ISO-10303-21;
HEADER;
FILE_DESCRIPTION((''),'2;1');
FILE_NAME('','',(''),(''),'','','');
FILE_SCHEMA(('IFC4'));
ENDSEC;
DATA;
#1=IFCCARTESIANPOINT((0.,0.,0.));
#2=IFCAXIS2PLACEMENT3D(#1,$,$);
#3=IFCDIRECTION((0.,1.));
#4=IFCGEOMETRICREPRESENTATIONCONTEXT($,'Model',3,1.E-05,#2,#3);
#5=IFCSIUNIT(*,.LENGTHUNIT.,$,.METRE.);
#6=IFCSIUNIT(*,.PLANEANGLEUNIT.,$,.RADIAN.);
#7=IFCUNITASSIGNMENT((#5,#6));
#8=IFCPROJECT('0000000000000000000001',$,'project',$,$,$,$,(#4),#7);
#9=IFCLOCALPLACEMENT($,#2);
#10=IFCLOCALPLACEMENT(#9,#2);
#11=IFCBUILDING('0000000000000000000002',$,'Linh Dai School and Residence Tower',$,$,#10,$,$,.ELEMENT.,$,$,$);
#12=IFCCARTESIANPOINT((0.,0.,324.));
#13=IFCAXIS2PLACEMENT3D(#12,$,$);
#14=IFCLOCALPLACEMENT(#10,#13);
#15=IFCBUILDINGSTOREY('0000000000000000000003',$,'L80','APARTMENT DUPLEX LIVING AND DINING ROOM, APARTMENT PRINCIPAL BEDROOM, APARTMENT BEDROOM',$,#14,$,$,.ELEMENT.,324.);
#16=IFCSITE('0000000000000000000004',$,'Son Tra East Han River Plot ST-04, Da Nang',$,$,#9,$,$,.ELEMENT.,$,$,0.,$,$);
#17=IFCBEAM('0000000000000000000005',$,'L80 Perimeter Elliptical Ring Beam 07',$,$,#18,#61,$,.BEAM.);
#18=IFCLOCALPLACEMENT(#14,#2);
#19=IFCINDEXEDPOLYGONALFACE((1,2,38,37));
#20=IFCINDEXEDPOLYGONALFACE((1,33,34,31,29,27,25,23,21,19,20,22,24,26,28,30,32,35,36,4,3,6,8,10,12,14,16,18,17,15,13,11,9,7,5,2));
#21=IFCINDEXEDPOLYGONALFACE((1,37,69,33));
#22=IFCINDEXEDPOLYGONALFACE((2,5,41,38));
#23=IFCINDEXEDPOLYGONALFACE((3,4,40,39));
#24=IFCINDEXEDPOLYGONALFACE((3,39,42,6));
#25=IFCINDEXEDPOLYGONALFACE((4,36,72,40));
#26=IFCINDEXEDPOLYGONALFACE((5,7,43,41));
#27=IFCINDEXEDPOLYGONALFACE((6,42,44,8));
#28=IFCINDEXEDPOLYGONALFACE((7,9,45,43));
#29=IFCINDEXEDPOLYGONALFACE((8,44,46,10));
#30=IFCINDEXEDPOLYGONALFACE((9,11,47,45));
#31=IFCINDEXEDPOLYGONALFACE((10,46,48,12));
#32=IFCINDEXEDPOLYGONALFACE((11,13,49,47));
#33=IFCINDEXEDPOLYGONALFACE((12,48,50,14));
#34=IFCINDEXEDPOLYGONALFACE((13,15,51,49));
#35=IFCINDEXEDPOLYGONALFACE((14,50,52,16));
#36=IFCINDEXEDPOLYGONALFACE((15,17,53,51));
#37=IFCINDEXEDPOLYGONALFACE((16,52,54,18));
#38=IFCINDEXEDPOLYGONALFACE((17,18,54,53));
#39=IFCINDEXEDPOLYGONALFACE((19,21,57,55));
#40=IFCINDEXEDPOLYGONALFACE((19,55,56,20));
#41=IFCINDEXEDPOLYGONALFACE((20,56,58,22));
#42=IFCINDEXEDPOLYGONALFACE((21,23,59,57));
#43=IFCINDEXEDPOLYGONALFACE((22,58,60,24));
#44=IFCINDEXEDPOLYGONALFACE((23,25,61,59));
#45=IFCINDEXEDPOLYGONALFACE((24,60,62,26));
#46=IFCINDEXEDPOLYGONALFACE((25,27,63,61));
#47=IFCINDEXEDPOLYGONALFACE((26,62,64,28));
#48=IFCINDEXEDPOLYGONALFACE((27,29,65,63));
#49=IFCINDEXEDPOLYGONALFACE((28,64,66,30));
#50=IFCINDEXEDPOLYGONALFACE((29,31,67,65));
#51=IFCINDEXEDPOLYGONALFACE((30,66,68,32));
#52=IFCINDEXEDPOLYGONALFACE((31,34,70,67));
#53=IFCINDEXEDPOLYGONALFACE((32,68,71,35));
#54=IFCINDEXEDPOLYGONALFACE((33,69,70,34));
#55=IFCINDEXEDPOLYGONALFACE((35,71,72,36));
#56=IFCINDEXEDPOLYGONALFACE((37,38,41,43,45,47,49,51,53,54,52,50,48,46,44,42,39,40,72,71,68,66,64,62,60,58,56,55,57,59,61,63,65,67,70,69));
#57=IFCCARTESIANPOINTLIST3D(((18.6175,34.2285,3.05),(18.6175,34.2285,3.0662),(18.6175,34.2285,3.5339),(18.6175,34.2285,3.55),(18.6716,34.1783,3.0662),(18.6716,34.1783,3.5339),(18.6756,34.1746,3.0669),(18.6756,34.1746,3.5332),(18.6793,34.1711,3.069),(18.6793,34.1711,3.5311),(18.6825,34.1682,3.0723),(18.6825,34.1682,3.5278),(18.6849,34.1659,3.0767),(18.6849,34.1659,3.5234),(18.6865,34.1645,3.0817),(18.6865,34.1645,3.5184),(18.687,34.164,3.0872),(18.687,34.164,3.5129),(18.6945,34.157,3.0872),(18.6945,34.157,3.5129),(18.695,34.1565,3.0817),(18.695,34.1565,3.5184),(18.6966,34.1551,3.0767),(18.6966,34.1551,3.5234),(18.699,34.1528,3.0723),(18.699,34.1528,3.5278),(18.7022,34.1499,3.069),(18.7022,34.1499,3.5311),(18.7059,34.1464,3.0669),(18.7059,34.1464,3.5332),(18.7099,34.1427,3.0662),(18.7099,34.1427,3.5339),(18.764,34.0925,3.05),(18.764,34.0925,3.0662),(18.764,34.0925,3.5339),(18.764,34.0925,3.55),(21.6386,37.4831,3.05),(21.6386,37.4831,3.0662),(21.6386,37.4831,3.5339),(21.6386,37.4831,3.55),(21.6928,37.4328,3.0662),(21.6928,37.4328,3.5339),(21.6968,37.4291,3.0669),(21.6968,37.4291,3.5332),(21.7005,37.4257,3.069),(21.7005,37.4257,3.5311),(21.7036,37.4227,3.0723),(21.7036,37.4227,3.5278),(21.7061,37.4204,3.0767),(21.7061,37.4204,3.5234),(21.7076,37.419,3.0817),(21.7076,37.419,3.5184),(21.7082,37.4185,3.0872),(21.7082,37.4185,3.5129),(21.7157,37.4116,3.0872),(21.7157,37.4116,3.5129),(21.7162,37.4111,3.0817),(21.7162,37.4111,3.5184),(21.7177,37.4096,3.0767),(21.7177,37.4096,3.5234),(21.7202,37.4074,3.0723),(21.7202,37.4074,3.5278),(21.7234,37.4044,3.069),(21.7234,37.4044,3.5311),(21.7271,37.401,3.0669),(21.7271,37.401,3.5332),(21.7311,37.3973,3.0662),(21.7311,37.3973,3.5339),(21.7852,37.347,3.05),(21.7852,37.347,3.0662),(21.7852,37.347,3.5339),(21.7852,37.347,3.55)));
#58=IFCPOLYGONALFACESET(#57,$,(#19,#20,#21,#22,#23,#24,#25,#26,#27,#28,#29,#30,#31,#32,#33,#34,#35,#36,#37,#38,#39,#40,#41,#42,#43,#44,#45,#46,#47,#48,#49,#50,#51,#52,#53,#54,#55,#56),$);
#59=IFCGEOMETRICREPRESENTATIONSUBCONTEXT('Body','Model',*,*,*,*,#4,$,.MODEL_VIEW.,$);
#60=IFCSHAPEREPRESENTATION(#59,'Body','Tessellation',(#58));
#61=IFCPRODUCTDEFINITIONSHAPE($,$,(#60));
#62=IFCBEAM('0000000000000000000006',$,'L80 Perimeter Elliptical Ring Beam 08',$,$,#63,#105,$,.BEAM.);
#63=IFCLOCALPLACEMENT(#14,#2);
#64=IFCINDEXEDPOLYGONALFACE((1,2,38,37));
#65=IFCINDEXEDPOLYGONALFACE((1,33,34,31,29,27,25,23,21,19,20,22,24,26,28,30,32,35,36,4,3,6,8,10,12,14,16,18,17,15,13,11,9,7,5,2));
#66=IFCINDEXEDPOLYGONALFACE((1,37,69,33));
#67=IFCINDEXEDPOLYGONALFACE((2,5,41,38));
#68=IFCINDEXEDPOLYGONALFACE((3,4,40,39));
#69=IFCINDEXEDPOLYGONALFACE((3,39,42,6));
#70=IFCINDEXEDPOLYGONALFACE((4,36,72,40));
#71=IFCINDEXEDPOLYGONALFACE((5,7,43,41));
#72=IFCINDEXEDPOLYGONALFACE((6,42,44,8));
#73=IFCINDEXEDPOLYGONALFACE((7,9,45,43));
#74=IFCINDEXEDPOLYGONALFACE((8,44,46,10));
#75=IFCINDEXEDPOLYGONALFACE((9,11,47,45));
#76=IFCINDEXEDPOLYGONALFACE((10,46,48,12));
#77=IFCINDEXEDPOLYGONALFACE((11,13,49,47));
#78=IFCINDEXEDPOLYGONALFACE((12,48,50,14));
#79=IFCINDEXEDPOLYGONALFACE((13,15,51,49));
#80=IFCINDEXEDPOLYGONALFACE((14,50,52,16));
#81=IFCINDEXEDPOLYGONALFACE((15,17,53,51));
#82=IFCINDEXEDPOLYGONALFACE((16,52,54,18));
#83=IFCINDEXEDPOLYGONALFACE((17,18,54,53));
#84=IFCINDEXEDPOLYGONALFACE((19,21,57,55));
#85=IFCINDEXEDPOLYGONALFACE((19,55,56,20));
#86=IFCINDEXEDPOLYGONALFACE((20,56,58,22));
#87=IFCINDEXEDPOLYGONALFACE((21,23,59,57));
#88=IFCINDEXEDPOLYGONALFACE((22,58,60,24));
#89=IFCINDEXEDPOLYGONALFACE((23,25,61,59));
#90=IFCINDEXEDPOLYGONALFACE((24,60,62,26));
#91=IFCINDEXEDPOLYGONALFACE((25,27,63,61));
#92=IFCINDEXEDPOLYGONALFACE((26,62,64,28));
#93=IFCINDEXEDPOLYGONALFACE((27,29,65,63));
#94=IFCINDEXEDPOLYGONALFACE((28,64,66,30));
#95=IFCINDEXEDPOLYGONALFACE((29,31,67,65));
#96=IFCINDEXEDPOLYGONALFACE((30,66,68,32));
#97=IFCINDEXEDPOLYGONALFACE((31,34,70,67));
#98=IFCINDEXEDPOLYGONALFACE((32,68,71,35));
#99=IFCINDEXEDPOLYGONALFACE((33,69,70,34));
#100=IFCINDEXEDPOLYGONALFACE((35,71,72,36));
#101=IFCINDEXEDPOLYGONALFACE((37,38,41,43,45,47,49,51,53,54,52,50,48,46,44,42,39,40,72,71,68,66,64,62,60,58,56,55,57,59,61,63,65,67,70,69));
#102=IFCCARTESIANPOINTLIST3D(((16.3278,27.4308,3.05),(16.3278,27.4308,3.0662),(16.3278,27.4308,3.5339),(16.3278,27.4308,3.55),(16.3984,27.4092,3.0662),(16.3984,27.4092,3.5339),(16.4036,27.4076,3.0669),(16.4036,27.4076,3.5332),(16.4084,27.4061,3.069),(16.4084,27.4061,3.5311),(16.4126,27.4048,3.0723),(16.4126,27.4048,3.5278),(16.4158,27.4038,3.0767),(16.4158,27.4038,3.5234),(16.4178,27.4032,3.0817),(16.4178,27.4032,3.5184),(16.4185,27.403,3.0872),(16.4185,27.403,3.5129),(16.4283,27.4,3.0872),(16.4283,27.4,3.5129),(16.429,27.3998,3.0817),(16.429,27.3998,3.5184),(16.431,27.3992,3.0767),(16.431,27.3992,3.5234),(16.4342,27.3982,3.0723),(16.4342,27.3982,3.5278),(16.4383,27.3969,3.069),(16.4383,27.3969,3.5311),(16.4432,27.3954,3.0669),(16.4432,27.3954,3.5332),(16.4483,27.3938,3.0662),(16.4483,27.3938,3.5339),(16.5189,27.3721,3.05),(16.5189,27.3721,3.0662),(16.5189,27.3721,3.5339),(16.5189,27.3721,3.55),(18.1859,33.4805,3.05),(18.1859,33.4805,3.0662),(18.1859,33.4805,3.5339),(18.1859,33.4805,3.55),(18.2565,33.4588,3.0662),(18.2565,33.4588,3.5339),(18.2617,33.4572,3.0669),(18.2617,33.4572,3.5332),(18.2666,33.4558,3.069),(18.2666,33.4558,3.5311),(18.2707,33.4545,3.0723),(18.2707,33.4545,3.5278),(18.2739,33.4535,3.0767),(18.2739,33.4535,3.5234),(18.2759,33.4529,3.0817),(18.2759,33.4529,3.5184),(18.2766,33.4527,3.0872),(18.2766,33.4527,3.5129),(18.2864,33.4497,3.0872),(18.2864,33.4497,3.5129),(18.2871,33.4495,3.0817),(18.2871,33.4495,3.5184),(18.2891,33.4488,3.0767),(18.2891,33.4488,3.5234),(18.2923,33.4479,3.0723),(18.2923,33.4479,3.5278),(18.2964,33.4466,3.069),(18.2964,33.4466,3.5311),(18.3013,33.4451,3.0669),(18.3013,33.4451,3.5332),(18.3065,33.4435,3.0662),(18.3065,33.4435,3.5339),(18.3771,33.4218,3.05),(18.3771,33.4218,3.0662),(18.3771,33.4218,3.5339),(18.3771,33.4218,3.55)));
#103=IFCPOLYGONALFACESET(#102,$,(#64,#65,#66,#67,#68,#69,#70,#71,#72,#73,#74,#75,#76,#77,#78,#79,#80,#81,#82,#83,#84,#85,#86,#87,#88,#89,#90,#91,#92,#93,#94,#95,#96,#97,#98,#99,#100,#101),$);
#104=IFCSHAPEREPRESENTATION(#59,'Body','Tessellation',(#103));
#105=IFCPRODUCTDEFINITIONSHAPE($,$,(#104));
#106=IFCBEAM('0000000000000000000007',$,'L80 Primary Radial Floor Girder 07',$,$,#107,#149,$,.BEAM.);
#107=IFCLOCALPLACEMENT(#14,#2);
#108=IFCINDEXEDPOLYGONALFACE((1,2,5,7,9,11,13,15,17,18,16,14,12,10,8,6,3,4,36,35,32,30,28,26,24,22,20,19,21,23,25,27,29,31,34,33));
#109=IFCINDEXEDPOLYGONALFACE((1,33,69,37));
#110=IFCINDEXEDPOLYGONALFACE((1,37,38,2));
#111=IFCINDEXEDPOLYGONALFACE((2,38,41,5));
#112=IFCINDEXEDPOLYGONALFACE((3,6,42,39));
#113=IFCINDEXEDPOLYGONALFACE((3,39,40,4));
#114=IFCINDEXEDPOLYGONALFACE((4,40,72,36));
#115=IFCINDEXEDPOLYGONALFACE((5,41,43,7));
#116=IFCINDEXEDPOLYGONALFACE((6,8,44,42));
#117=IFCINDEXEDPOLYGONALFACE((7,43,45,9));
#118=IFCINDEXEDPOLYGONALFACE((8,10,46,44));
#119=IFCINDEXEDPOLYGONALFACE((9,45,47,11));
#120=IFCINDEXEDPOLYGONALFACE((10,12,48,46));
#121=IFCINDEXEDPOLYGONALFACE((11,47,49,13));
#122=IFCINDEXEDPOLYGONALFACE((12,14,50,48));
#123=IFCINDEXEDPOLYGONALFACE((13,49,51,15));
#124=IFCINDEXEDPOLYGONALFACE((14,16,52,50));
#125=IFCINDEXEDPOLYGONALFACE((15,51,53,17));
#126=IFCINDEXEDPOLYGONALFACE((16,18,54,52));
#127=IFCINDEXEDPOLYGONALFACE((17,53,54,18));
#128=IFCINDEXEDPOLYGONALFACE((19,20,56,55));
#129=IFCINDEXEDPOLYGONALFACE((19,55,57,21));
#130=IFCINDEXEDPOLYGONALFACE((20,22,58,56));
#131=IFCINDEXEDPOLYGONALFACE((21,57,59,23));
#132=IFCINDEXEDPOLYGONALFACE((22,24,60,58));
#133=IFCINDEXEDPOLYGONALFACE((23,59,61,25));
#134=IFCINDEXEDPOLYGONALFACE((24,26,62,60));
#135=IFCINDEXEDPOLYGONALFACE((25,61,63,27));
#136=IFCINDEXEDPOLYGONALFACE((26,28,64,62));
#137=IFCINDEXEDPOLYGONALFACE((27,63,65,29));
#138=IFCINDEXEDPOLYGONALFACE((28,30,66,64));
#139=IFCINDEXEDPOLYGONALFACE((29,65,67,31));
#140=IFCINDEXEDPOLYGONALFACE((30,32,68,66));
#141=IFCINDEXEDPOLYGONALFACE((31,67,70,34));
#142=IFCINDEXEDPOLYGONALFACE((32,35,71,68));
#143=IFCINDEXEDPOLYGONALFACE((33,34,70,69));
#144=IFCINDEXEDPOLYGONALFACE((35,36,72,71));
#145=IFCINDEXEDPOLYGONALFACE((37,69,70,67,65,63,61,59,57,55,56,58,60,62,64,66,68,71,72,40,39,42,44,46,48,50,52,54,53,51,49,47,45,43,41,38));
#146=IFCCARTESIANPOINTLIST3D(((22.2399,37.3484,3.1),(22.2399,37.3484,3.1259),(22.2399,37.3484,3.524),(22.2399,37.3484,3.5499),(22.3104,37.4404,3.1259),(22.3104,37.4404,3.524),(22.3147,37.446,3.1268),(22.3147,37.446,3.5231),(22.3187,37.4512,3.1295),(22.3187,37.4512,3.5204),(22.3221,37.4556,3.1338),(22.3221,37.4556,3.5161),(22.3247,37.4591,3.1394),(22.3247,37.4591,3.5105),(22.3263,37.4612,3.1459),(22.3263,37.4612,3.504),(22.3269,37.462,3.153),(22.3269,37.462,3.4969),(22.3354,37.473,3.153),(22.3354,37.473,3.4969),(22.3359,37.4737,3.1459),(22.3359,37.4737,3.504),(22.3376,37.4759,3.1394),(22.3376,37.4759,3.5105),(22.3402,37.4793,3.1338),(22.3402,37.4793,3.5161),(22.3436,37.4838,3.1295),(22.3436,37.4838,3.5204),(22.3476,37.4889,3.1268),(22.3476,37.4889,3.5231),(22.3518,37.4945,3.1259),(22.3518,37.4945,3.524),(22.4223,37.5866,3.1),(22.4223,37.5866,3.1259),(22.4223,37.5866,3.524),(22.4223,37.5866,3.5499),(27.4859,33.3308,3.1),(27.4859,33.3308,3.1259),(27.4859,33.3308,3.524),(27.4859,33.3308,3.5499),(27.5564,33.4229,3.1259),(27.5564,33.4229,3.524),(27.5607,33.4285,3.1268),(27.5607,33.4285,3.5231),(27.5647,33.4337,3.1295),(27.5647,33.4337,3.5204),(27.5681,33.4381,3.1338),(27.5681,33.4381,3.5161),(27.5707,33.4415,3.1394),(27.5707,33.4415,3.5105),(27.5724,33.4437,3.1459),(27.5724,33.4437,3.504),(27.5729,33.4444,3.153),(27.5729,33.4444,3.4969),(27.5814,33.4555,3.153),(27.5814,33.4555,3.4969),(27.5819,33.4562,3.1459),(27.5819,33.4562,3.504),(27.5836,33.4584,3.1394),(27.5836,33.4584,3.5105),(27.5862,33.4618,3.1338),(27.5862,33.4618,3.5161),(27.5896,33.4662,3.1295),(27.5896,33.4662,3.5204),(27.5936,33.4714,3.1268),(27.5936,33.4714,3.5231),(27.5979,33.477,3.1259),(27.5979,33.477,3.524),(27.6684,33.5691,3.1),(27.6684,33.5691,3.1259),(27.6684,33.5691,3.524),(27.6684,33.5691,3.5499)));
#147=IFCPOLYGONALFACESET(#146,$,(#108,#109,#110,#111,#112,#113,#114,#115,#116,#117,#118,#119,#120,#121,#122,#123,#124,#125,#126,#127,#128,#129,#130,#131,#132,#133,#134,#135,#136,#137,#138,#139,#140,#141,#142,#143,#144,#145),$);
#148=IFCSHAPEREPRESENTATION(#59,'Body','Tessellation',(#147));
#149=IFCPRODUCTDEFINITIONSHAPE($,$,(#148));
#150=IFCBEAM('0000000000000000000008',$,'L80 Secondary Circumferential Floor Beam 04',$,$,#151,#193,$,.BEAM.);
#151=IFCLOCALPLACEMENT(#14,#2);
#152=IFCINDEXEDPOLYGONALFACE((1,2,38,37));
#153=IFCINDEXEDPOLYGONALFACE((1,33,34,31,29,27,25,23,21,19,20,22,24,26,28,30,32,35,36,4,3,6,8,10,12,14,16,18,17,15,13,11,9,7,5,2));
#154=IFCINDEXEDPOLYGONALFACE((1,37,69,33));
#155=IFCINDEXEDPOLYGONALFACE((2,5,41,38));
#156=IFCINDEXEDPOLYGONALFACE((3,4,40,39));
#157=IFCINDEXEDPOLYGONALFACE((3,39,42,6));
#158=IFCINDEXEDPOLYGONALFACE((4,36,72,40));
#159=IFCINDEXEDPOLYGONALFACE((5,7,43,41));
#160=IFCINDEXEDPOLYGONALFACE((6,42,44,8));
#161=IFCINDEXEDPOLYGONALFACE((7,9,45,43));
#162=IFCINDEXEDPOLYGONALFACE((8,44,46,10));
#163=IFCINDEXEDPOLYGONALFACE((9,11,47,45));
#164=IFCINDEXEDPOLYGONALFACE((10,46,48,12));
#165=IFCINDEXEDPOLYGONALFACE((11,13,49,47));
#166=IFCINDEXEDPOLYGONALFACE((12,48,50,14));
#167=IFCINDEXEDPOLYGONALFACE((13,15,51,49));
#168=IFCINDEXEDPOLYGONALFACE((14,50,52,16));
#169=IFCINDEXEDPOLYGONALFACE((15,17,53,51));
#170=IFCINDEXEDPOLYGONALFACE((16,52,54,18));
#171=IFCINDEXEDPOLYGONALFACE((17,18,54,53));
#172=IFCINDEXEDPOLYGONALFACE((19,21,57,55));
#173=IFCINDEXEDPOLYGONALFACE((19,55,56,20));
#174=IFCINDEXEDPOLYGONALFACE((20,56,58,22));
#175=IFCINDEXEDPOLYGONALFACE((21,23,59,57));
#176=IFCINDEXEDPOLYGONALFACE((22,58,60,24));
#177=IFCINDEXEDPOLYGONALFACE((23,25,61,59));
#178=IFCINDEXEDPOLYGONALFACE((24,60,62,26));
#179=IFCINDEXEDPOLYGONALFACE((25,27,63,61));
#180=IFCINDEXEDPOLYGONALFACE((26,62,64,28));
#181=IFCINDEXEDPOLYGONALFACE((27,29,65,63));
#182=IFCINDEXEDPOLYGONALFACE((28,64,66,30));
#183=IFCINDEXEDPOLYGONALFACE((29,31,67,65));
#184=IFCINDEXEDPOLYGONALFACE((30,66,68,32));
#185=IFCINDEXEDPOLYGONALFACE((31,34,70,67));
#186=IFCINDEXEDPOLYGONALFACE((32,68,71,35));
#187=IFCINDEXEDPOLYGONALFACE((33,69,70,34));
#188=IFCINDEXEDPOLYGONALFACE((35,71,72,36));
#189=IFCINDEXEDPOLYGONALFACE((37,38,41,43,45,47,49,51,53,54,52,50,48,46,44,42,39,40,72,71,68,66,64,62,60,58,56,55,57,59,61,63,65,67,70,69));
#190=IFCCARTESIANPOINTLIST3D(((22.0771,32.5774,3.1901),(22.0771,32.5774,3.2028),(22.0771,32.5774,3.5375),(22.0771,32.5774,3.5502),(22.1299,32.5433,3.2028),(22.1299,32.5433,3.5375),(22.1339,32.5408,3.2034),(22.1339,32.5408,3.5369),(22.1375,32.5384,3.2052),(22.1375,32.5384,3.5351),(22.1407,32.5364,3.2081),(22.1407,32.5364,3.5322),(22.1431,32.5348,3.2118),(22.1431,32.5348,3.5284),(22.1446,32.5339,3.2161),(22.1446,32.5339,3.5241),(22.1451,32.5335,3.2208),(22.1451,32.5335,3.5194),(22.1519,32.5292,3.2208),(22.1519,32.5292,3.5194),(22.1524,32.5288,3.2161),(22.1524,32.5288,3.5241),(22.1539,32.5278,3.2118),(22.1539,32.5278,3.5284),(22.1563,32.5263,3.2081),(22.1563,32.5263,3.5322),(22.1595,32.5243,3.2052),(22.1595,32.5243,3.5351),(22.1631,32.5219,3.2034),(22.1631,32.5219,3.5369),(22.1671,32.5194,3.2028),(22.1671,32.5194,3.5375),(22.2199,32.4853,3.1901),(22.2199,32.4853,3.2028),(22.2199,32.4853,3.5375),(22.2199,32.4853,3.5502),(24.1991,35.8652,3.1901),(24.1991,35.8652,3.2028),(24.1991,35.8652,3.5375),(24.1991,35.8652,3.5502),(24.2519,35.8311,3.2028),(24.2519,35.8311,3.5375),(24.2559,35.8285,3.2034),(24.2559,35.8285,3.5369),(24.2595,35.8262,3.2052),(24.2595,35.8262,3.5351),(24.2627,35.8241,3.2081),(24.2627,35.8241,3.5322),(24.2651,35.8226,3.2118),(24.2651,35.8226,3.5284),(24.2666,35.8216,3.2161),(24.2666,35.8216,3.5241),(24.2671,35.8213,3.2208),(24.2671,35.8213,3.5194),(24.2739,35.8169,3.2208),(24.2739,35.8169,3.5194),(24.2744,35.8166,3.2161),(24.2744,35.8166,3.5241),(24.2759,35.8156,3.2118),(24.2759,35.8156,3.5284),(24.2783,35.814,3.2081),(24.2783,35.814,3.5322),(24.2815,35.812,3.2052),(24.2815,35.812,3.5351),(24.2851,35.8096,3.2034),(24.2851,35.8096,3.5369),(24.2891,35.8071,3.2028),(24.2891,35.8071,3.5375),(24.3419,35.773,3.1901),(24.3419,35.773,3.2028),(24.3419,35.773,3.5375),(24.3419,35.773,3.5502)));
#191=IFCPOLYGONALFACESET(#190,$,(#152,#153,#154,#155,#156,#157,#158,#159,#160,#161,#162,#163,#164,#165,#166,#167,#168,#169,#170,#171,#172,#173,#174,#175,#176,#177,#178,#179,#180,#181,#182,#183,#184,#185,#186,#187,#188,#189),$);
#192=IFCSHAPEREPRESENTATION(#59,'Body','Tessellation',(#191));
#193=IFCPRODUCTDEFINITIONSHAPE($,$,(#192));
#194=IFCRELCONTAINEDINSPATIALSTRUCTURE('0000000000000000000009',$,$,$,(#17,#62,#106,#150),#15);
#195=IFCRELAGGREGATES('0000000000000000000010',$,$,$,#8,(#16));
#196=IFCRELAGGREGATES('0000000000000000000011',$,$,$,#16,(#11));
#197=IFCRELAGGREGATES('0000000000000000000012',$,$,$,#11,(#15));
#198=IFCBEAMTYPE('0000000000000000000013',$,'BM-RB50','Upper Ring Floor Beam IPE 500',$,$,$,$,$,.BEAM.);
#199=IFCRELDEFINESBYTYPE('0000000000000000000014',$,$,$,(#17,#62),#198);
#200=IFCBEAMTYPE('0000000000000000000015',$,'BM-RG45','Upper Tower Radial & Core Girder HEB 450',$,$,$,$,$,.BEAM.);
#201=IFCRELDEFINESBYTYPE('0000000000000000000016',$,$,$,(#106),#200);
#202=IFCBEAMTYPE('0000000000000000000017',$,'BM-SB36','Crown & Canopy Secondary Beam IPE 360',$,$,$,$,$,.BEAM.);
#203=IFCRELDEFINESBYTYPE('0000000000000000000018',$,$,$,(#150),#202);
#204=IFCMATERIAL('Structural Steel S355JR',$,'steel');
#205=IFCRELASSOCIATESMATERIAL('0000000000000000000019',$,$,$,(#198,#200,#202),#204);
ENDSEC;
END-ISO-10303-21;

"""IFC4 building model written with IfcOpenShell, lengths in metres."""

from ifc_helpers import new_model, si_unit, direction, frame, origin, origin_2d, place, context, subcontext, project, spatial, i_section, extrude, material, material_profile, profile_set, type_object, element, save


model = new_model("IFC4")

# Units and contexts
model_context = context("Model", 3, precision=1e-05, world=origin(), true_north=direction((0.0, 1.0)))
body_context = subcontext(model_context, "Body", "Model", "MODEL_VIEW")
ifc_project = project(units=[si_unit("LENGTHUNIT", "METRE"), si_unit("PLANEANGLEUNIT", "RADIAN")], contexts=[model_context])

# Site, building, storey
site_placement = place(None, origin())
site = spatial("IfcSite", under=ifc_project, at=site_placement, Name="Son Tra East Han River Plot ST-04, Da Nang", CompositionType="ELEMENT", RefElevation=0.0)
building_placement = place(site_placement, origin())
building = spatial("IfcBuilding", under=site, at=building_placement, Name="Linh Dai School and Residence Tower", CompositionType="ELEMENT")
storey_placement = place(building_placement, frame((0.0, 0.0, 324.0)))
storey = spatial("IfcBuildingStorey", under=building, at=storey_placement, Name="L80", Description="APARTMENT DUPLEX LIVING AND DINING ROOM, APARTMENT PRINCIPAL BEDROOM, APARTMENT BEDROOM", CompositionType="ELEMENT", Elevation=324.0)

# Shared definitions
ifc_material_1 = material(Name="Structural Steel S355JR", Category="steel")

# Beams
ifc_material_profile_1 = material_profile(ifc_material_1, i_section(OverallWidth=0.2, OverallDepth=0.5, WebThickness=0.0103, FlangeThickness=0.0161, FilletRadius=0.021, at=origin_2d()), Name="IPE 500")
ifc_profile_set_1 = profile_set([ifc_material_profile_1], Name="Structural Steel S355JR")
beam_type_1 = type_object("IfcBeamType", Name="BM-RB50", Description="Upper Ring Floor Beam IPE 500", PredefinedType="BEAM", material=ifc_profile_set_1)
beam_1_placement = place(storey_placement, frame((21.7119, 37.415, 3.3), z_axis=(-0.680339, -0.732897, 0.0), x_axis=(0.732897, -0.680339, 0.0)))
element("IfcBeam", 1, at=beam_1_placement, inside=storey, type_object=beam_type_1, Name="L80 Perimeter Elliptical Ring Beam 07", PredefinedType="BEAM", context=body_context, shape_type="SweptSolid", body=[
    extrude(i_section(OverallWidth=0.2, OverallDepth=0.5, WebThickness=0.0103, FlangeThickness=0.0161, FilletRadius=0.021, at=origin_2d()), origin(), (0.0, 0.0, 1.0), 4.4407),
])
beam_2_placement = place(storey_placement, frame((18.2815, 33.4512, 3.3), z_axis=(-0.293606, -0.955927, 0.0), x_axis=(0.955927, -0.293606, 0.0)))
element("IfcBeam", 2, at=beam_2_placement, inside=storey, type_object=beam_type_1, Name="L80 Perimeter Elliptical Ring Beam 08", PredefinedType="BEAM", context=body_context, shape_type="SweptSolid", body=[
    extrude(i_section(OverallWidth=0.2, OverallDepth=0.5, WebThickness=0.0103, FlangeThickness=0.0161, FilletRadius=0.021, at=origin_2d()), origin(), (0.0, 0.0, 1.0), 6.3286),
])
ifc_material_profile_2 = material_profile(ifc_material_1, i_section(OverallWidth=0.3, OverallDepth=0.45, WebThickness=0.0139, FlangeThickness=0.0259, FilletRadius=0.0271, at=origin_2d()), Name="HEB 450")
ifc_profile_set_2 = profile_set([ifc_material_profile_2], Name="Structural Steel S355JR")
beam_type_2 = type_object("IfcBeamType", Name="BM-RG45", Description="Upper Tower Radial & Core Girder HEB 450", PredefinedType="BEAM", material=ifc_profile_set_2)
beam_3_placement = place(storey_placement, frame((27.5771, 33.45, 3.325), z_axis=(-0.79393, 0.608009, 0.0), x_axis=(-0.608009, -0.79393, 0.0)))
element("IfcBeam", 3, at=beam_3_placement, inside=storey, type_object=beam_type_2, Name="L80 Primary Radial Floor Girder 07", PredefinedType="BEAM", context=body_context, shape_type="SweptSolid", body=[
    extrude(i_section(OverallWidth=0.3, OverallDepth=0.45, WebThickness=0.0139, FlangeThickness=0.0259, FilletRadius=0.0271, at=origin_2d()), origin(), (0.0, 0.0, 1.0), 6.6077),
])
ifc_material_profile_3 = material_profile(ifc_material_1, i_section(OverallWidth=0.1699, OverallDepth=0.3601, WebThickness=0.0081, FlangeThickness=0.0127, FilletRadius=0.0181, at=origin_2d()), Name="IPE 360")
ifc_profile_set_3 = profile_set([ifc_material_profile_3], Name="Structural Steel S355JR")
beam_type_3 = type_object("IfcBeamType", Name="BM-SB36", Description="Crown & Canopy Secondary Beam IPE 360", PredefinedType="BEAM", material=ifc_profile_set_3)
beam_4_placement = place(storey_placement, frame((24.2705, 35.8191, 3.3701), z_axis=(-0.542286, -0.840194, 0.0), x_axis=(0.840194, -0.542286, 0.0)))
element("IfcBeam", 4, at=beam_4_placement, inside=storey, type_object=beam_type_3, Name="L80 Secondary Circumferential Floor Beam 04", PredefinedType="BEAM", context=body_context, shape_type="SweptSolid", body=[
    extrude(i_section(OverallWidth=0.1699, OverallDepth=0.3601, WebThickness=0.0081, FlangeThickness=0.0127, FilletRadius=0.0181, at=origin_2d()), origin(), (0.0, 0.0, 1.0), 3.9131),
])

save(model, "model.ifc")
